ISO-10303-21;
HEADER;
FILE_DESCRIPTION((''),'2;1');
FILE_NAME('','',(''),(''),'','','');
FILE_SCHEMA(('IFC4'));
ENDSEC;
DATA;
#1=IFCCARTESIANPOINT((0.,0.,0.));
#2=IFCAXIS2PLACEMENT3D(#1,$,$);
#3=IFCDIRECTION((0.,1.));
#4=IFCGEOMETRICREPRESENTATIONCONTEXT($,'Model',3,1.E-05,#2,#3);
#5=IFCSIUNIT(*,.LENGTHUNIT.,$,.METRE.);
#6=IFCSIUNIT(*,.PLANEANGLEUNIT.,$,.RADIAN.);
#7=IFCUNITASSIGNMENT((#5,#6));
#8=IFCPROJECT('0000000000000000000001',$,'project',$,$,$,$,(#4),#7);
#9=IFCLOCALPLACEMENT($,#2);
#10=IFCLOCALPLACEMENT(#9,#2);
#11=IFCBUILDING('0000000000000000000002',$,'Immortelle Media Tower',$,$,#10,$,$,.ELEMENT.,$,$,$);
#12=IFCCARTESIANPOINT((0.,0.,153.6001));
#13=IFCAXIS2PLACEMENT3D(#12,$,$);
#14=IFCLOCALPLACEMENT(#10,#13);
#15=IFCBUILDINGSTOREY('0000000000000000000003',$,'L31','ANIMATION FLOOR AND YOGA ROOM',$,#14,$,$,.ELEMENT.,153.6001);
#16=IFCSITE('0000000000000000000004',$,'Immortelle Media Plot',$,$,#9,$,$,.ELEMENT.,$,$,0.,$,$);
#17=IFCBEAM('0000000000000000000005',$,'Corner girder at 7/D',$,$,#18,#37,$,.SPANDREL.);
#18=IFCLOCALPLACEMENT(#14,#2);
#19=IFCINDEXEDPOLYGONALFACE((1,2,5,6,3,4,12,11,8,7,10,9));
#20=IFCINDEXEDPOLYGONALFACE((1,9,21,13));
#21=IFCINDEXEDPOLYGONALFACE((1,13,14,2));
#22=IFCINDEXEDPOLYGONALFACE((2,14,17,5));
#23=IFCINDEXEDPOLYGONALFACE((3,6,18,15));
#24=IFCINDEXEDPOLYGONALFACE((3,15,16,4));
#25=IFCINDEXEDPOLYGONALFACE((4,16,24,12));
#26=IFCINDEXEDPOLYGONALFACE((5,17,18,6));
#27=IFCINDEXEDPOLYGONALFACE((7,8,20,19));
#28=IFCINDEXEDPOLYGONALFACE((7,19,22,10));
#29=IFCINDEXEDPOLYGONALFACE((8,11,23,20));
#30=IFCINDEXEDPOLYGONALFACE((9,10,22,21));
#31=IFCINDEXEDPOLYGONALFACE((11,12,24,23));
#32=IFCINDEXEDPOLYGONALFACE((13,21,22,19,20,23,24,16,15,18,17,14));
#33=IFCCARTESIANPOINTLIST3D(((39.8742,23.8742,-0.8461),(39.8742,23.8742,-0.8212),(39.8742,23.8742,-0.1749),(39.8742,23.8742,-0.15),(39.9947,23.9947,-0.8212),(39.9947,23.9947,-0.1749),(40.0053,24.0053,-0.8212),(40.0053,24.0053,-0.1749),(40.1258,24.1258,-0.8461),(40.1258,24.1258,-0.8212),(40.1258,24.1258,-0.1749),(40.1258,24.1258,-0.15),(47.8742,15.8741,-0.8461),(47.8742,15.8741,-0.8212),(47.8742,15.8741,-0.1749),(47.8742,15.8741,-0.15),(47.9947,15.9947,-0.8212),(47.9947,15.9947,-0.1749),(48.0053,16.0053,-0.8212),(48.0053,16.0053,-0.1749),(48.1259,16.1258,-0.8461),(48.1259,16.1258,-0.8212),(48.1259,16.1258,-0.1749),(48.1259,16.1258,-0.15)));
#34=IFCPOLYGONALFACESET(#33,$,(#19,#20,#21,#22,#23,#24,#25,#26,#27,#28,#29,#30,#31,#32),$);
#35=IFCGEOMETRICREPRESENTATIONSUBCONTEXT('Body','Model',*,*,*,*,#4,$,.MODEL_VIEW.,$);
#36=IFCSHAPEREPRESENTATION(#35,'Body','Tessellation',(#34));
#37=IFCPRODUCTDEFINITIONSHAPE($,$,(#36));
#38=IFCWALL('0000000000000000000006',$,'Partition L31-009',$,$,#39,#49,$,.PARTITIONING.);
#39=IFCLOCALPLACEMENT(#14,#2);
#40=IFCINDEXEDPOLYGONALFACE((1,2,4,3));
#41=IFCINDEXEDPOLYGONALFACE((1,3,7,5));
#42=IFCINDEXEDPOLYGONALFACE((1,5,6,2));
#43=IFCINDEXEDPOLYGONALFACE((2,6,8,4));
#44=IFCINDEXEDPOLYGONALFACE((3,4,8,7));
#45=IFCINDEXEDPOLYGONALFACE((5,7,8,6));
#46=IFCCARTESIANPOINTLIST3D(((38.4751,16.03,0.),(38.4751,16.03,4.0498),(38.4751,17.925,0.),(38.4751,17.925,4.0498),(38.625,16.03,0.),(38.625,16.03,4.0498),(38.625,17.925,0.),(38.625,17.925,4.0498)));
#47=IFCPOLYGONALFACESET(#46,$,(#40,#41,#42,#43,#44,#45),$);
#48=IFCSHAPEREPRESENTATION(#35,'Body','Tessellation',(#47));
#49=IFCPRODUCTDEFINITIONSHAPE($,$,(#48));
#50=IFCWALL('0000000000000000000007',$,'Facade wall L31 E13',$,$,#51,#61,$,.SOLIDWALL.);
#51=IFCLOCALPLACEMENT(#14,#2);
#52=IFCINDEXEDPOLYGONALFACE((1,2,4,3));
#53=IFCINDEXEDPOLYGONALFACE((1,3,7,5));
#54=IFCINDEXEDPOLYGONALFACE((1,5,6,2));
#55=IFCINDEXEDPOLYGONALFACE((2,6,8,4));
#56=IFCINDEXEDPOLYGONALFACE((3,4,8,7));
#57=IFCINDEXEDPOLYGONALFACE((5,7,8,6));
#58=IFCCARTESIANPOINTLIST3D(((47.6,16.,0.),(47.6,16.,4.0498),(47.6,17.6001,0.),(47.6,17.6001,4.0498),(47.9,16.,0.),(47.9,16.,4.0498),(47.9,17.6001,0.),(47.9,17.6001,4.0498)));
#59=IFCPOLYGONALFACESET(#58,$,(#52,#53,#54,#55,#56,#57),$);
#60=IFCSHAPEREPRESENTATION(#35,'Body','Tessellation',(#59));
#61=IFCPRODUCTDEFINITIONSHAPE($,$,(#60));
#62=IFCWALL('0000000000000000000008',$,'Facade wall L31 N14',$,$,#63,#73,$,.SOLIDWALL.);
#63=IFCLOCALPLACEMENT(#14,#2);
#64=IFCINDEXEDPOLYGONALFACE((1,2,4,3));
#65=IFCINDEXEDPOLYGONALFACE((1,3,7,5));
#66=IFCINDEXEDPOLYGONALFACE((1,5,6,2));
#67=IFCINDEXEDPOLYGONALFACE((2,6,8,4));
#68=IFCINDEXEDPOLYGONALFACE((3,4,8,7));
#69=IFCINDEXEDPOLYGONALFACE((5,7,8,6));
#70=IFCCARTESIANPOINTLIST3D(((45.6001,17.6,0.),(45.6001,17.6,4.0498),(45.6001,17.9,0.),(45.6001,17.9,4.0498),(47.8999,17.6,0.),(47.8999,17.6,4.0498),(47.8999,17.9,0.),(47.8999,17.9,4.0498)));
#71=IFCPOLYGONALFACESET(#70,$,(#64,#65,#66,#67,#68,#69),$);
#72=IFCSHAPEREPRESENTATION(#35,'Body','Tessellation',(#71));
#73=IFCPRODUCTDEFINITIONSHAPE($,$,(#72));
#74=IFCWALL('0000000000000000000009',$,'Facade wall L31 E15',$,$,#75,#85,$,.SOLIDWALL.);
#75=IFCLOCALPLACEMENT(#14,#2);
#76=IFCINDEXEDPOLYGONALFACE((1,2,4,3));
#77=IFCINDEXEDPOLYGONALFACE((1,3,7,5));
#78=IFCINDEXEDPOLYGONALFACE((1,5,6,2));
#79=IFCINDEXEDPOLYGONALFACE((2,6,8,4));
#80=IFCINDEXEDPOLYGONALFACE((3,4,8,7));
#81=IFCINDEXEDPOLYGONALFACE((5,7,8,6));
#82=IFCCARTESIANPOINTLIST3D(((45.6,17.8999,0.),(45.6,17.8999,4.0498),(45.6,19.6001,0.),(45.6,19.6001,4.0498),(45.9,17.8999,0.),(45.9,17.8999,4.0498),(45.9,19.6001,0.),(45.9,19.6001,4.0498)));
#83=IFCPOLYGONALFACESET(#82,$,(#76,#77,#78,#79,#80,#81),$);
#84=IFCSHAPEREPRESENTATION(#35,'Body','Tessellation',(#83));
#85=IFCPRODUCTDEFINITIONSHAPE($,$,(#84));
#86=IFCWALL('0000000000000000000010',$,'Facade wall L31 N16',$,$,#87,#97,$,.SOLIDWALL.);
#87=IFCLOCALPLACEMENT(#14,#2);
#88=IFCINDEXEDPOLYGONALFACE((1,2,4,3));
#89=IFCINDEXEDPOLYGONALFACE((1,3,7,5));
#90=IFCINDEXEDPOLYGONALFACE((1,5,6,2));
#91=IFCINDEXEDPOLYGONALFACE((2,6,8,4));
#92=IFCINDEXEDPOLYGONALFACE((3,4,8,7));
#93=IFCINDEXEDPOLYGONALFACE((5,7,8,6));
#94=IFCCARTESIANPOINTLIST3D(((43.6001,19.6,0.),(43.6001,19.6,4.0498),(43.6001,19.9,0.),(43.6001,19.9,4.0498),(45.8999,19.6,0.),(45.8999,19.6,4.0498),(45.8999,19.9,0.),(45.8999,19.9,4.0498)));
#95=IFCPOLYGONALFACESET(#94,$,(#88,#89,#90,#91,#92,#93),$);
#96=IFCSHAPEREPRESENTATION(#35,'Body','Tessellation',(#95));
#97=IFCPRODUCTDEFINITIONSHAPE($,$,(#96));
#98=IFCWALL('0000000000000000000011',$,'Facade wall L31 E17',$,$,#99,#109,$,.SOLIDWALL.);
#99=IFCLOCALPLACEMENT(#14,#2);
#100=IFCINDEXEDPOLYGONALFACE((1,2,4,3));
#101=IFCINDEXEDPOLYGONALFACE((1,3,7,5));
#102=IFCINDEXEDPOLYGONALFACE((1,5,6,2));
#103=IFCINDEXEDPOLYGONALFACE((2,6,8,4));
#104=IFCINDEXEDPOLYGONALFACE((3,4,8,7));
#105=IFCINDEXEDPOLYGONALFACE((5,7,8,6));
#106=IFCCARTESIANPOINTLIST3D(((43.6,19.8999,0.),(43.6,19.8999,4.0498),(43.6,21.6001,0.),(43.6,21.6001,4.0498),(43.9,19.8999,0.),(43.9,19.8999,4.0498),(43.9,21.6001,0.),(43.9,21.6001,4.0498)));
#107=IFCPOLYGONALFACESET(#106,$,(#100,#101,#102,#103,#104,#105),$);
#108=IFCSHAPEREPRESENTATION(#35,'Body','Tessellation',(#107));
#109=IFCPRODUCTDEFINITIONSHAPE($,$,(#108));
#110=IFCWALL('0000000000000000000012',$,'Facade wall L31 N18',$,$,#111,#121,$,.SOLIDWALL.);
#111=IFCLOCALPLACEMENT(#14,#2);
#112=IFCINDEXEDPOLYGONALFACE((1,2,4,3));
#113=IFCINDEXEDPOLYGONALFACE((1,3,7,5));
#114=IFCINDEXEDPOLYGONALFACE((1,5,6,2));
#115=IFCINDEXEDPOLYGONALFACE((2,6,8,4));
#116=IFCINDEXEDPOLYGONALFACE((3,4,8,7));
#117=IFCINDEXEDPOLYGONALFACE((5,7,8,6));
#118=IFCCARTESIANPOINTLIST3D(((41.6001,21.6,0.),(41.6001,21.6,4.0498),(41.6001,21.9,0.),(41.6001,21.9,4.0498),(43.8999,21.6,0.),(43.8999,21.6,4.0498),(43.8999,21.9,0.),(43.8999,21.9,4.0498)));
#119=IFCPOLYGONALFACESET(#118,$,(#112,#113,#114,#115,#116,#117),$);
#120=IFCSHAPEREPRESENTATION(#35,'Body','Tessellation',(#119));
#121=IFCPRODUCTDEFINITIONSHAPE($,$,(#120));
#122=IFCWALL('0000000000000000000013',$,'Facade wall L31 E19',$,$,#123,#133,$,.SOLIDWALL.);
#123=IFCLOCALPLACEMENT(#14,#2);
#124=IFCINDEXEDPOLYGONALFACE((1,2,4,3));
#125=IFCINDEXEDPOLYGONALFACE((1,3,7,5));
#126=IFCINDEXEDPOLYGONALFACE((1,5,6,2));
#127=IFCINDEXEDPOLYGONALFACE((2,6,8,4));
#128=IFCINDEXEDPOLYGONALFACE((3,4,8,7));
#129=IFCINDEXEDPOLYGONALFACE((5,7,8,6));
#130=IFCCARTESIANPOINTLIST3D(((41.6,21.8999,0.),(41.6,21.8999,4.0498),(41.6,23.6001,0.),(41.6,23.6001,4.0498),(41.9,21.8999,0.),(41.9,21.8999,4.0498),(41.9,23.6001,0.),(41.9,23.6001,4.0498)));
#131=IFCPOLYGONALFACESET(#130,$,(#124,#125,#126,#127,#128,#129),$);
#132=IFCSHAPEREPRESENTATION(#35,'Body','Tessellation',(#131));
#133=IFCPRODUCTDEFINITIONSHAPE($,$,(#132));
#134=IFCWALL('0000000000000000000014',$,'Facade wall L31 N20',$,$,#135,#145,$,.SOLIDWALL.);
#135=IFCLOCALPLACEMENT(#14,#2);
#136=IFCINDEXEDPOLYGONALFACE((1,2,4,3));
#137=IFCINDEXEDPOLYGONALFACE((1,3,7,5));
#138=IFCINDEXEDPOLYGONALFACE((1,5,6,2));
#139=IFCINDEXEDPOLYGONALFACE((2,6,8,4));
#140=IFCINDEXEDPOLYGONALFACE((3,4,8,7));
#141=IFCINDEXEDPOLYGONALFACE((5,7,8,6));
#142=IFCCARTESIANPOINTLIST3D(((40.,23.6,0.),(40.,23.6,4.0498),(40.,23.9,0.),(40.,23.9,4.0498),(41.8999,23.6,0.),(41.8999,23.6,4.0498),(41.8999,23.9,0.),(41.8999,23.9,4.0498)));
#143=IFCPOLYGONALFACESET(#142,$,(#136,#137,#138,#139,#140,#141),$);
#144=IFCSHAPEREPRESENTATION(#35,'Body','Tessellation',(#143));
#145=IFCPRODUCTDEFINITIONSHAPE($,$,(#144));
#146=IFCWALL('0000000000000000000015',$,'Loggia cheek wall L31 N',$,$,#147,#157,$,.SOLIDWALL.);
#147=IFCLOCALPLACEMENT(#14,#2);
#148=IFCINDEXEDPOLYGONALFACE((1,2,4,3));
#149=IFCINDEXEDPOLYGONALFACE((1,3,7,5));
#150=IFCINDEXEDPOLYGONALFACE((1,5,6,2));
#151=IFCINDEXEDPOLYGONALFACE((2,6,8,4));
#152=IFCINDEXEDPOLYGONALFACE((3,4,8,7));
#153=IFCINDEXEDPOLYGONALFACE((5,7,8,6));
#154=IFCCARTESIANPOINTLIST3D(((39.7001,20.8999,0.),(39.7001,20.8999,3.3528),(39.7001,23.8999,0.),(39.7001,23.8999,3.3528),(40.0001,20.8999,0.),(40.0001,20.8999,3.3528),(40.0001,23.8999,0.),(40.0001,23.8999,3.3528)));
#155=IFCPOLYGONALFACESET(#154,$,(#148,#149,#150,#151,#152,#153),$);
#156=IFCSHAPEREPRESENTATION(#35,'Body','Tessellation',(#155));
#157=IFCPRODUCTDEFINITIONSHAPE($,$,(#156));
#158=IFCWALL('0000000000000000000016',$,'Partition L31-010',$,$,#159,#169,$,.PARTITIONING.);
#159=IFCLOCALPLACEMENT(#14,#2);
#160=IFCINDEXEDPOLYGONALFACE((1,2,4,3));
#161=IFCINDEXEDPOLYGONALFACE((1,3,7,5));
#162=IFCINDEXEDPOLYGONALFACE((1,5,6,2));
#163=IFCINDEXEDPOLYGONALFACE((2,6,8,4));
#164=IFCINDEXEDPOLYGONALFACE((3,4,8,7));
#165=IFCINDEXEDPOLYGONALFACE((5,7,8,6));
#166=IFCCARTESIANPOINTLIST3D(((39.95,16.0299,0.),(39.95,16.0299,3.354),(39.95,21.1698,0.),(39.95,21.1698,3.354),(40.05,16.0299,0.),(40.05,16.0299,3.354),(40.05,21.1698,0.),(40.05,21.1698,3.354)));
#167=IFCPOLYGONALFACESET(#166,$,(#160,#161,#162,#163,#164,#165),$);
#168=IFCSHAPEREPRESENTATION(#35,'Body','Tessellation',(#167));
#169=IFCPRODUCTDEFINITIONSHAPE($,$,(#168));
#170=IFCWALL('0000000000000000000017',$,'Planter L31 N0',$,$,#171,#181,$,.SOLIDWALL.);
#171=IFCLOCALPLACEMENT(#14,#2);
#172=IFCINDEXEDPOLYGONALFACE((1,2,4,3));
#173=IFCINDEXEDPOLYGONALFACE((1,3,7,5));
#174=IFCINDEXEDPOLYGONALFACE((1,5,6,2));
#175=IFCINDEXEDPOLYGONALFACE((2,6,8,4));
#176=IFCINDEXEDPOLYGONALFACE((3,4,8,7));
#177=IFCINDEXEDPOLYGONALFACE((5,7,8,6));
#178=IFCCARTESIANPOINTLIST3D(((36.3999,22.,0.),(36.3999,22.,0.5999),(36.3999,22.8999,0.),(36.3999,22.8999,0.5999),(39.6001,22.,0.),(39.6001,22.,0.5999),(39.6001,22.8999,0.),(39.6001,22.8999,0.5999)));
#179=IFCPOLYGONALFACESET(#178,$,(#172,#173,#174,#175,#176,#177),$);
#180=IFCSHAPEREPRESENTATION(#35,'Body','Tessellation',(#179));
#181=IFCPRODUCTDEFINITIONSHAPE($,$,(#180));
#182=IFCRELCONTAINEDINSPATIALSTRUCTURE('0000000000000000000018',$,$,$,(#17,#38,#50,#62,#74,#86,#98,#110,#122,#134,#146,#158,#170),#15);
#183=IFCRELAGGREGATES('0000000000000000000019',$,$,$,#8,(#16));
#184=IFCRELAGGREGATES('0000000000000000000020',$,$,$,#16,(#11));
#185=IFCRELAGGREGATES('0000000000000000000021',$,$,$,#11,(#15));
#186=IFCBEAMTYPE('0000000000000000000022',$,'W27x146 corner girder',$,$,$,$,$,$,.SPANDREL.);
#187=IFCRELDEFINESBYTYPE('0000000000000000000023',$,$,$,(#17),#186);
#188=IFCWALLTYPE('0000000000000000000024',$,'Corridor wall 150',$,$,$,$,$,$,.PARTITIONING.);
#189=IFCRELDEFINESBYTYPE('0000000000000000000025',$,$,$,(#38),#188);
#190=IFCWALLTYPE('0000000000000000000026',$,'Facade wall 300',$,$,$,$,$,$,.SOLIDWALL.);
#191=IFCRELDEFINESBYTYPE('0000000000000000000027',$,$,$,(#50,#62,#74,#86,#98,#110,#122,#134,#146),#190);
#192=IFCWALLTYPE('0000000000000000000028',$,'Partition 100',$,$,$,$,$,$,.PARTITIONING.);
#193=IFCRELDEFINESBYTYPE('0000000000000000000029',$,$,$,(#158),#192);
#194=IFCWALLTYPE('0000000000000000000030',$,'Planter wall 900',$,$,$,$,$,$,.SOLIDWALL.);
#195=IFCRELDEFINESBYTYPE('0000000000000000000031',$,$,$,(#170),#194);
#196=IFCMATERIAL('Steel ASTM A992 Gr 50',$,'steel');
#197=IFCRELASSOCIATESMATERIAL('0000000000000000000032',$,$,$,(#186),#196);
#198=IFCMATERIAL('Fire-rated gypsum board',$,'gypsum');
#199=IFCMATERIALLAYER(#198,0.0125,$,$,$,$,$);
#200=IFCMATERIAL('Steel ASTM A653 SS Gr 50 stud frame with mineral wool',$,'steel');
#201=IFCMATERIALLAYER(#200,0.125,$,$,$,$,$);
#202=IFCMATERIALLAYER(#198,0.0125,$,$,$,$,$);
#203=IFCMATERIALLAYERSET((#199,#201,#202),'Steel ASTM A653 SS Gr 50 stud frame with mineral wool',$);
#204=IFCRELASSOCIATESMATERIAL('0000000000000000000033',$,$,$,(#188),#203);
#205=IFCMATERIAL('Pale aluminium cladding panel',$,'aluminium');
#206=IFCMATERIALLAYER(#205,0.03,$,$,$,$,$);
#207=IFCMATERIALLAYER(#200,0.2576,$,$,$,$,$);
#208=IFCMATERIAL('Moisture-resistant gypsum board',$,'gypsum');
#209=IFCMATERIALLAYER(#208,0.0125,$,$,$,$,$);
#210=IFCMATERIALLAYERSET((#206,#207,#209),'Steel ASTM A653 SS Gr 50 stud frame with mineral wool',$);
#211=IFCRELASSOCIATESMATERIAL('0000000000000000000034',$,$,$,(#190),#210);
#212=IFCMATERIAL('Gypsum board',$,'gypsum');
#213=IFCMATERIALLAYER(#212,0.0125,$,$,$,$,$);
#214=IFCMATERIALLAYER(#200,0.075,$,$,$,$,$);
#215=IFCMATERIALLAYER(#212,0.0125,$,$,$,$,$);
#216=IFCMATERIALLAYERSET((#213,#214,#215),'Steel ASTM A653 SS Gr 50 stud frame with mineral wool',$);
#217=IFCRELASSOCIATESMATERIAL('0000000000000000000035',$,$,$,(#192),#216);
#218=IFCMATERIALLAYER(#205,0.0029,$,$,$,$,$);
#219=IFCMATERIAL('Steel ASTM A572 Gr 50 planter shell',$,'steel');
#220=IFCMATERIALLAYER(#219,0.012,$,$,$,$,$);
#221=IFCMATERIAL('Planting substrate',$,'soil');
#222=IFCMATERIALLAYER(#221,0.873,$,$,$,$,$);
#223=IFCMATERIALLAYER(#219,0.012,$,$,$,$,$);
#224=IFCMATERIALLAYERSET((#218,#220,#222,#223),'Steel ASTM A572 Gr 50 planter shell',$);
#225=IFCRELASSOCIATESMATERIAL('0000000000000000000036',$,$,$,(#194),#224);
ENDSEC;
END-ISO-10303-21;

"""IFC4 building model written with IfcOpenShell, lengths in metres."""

from ifc_helpers import new_model, si_unit, direction, frame, frame_2d, origin, origin_2d, place, context, subcontext, project, spatial, rectangle, i_section, extrude, material, layer, layer_set, material_profile, profile_set, type_object, element, save


model = new_model("IFC4")

# Units and contexts
model_context = context("Model", 3, precision=1e-05, world=origin(), true_north=direction((0.0, 1.0)))
body_context = subcontext(model_context, "Body", "Model", "MODEL_VIEW")
ifc_project = project(units=[si_unit("LENGTHUNIT", "METRE"), si_unit("PLANEANGLEUNIT", "RADIAN")], contexts=[model_context])

# Site, building, storey
site_placement = place(None, origin())
site = spatial("IfcSite", under=ifc_project, at=site_placement, Name="Immortelle Media Plot", CompositionType="ELEMENT", RefElevation=0.0)
building_placement = place(site_placement, origin())
building = spatial("IfcBuilding", under=site, at=building_placement, Name="Immortelle Media Tower", CompositionType="ELEMENT")
storey_placement = place(building_placement, frame((0.0, 0.0, 153.6001)))
storey = spatial("IfcBuildingStorey", under=building, at=storey_placement, Name="L31", Description="ANIMATION FLOOR AND YOGA ROOM", CompositionType="ELEMENT", Elevation=153.6001)

# Shared definitions
ifc_material_1 = material(Name="Steel ASTM A992 Gr 50", Category="steel")

# Beam
ifc_material_profile_1 = material_profile(ifc_material_1, i_section(OverallWidth=0.356, OverallDepth=0.696, WebThickness=0.0149, FlangeThickness=0.0249, at=origin_2d()), Name="W27x146")
ifc_profile_set_1 = profile_set([ifc_material_profile_1], Name="Steel ASTM A992 Gr 50")
beam_type_1 = type_object("IfcBeamType", Name="W27x146 corner girder", PredefinedType="SPANDREL", material=ifc_profile_set_1)
beam_placement = place(storey_placement, frame((40.0, 24.0, -0.498), z_axis=(0.707107, -0.707107, 0.0), x_axis=(0.707107, 0.707107, 0.0)))
element("IfcBeam", 1, at=beam_placement, inside=storey, type_object=beam_type_1, Name="Corner girder at 7/D", PredefinedType="SPANDREL", context=body_context, shape_type="SweptSolid", body=[
    extrude(i_section(OverallWidth=0.356, OverallDepth=0.696, WebThickness=0.0149, FlangeThickness=0.0249, at=origin_2d()), origin(), (0.0, 0.0, 1.0), 11.3137),
])

# Walls
ifc_material_2 = material(Name="Fire-rated gypsum board", Category="gypsum")
ifc_layer_1 = layer(ifc_material_2, 0.0125)
ifc_material_3 = material(Name="Steel ASTM A653 SS Gr 50 stud frame with mineral wool", Category="steel")
ifc_layer_2 = layer(ifc_material_3, 0.125)
ifc_layer_3 = layer(ifc_material_2, 0.0125)
ifc_layer_set_1 = layer_set([ifc_layer_1, ifc_layer_2, ifc_layer_3], Name="Steel ASTM A653 SS Gr 50 stud frame with mineral wool")
wall_type_1 = type_object("IfcWallType", Name="Corridor wall 150", PredefinedType="PARTITIONING", material=ifc_layer_set_1)
wall_1_placement = place(storey_placement, frame((38.55, 16.03, 0.0), z_axis=(0.0, 0.0, 1.0), x_axis=(0.0, 1.0, 0.0)))
element("IfcWall", 2, at=wall_1_placement, inside=storey, type_object=wall_type_1, Name="Partition L31-009", PredefinedType="PARTITIONING", context=body_context, shape_type="SweptSolid", body=[
    extrude(rectangle(XDim=1.895, YDim=0.1499, at=frame_2d((0.9475, 0.0))), origin(), (0.0, 0.0, 1.0), 4.0498),
])
ifc_material_4 = material(Name="Pale aluminium cladding panel", Category="aluminium")
ifc_layer_4 = layer(ifc_material_4, 0.03)
ifc_layer_5 = layer(ifc_material_3, 0.2576)
ifc_material_5 = material(Name="Moisture-resistant gypsum board", Category="gypsum")
ifc_layer_6 = layer(ifc_material_5, 0.0125)
ifc_layer_set_2 = layer_set([ifc_layer_4, ifc_layer_5, ifc_layer_6], Name="Steel ASTM A653 SS Gr 50 stud frame with mineral wool")
wall_type_2 = type_object("IfcWallType", Name="Facade wall 300", PredefinedType="SOLIDWALL", material=ifc_layer_set_2)
wall_2_placement = place(storey_placement, frame((47.75, 16.0, 0.0), z_axis=(0.0, 0.0, 1.0), x_axis=(0.0, 1.0, 0.0)))
element("IfcWall", 3, at=wall_2_placement, inside=storey, type_object=wall_type_2, Name="Facade wall L31 E13", PredefinedType="SOLIDWALL", context=body_context, shape_type="SweptSolid", body=[
    extrude(rectangle(XDim=1.6001, YDim=0.3, at=frame_2d((0.8, 0.0))), origin(), (0.0, 0.0, 1.0), 4.0498),
])
wall_3_placement = place(storey_placement, frame((47.8999, 17.75, 0.0), z_axis=(0.0, 0.0, 1.0), x_axis=(-1.0, 0.0, 0.0)))
element("IfcWall", 4, at=wall_3_placement, inside=storey, type_object=wall_type_2, Name="Facade wall L31 N14", PredefinedType="SOLIDWALL", context=body_context, shape_type="SweptSolid", body=[
    extrude(rectangle(XDim=2.2998, YDim=0.3, at=frame_2d((1.1499, 0.0))), origin(), (0.0, 0.0, 1.0), 4.0498),
])
wall_4_placement = place(storey_placement, frame((45.75, 17.8999, 0.0), z_axis=(0.0, 0.0, 1.0), x_axis=(0.0, 1.0, 0.0)))
element("IfcWall", 5, at=wall_4_placement, inside=storey, type_object=wall_type_2, Name="Facade wall L31 E15", PredefinedType="SOLIDWALL", context=body_context, shape_type="SweptSolid", body=[
    extrude(rectangle(XDim=1.7002, YDim=0.3, at=frame_2d((0.8501, 0.0))), origin(), (0.0, 0.0, 1.0), 4.0498),
])
wall_5_placement = place(storey_placement, frame((45.8999, 19.75, 0.0), z_axis=(0.0, 0.0, 1.0), x_axis=(-1.0, 0.0, 0.0)))
element("IfcWall", 6, at=wall_5_placement, inside=storey, type_object=wall_type_2, Name="Facade wall L31 N16", PredefinedType="SOLIDWALL", context=body_context, shape_type="SweptSolid", body=[
    extrude(rectangle(XDim=2.2998, YDim=0.3, at=frame_2d((1.1499, 0.0))), origin(), (0.0, 0.0, 1.0), 4.0498),
])
wall_6_placement = place(storey_placement, frame((43.75, 19.8999, 0.0), z_axis=(0.0, 0.0, 1.0), x_axis=(0.0, 1.0, 0.0)))
element("IfcWall", 7, at=wall_6_placement, inside=storey, type_object=wall_type_2, Name="Facade wall L31 E17", PredefinedType="SOLIDWALL", context=body_context, shape_type="SweptSolid", body=[
    extrude(rectangle(XDim=1.7002, YDim=0.3, at=frame_2d((0.8501, 0.0))), origin(), (0.0, 0.0, 1.0), 4.0498),
])
wall_7_placement = place(storey_placement, frame((43.8999, 21.75, 0.0), z_axis=(0.0, 0.0, 1.0), x_axis=(-1.0, 0.0, 0.0)))
element("IfcWall", 8, at=wall_7_placement, inside=storey, type_object=wall_type_2, Name="Facade wall L31 N18", PredefinedType="SOLIDWALL", context=body_context, shape_type="SweptSolid", body=[
    extrude(rectangle(XDim=2.2998, YDim=0.3, at=frame_2d((1.1499, 0.0))), origin(), (0.0, 0.0, 1.0), 4.0498),
])
wall_8_placement = place(storey_placement, frame((41.75, 21.8999, 0.0), z_axis=(0.0, 0.0, 1.0), x_axis=(0.0, 1.0, 0.0)))
element("IfcWall", 9, at=wall_8_placement, inside=storey, type_object=wall_type_2, Name="Facade wall L31 E19", PredefinedType="SOLIDWALL", context=body_context, shape_type="SweptSolid", body=[
    extrude(rectangle(XDim=1.7002, YDim=0.3, at=frame_2d((0.8501, 0.0))), origin(), (0.0, 0.0, 1.0), 4.0498),
])
wall_9_placement = place(storey_placement, frame((41.8999, 23.75, 0.0), z_axis=(0.0, 0.0, 1.0), x_axis=(-1.0, 0.0, 0.0)))
element("IfcWall", 10, at=wall_9_placement, inside=storey, type_object=wall_type_2, Name="Facade wall L31 N20", PredefinedType="SOLIDWALL", context=body_context, shape_type="SweptSolid", body=[
    extrude(rectangle(XDim=1.8999, YDim=0.3, at=frame_2d((0.95, 0.0))), origin(), (0.0, 0.0, 1.0), 4.0498),
])

# Walls
wall_10_placement = place(storey_placement, frame((39.8501, 23.8999, 0.0), z_axis=(0.0, 0.0, 1.0), x_axis=(0.0, -1.0, 0.0)))
element("IfcWall", 11, at=wall_10_placement, inside=storey, type_object=wall_type_2, Name="Loggia cheek wall L31 N", PredefinedType="SOLIDWALL", context=body_context, shape_type="SweptSolid", body=[
    extrude(rectangle(XDim=3.0, YDim=0.3, at=frame_2d((1.5, 0.0))), origin(), (0.0, 0.0, 1.0), 3.3528),
])
ifc_material_6 = material(Name="Gypsum board", Category="gypsum")
ifc_layer_7 = layer(ifc_material_6, 0.0125)
ifc_layer_8 = layer(ifc_material_3, 0.075)
ifc_layer_9 = layer(ifc_material_6, 0.0125)
ifc_layer_set_3 = layer_set([ifc_layer_7, ifc_layer_8, ifc_layer_9], Name="Steel ASTM A653 SS Gr 50 stud frame with mineral wool")
wall_type_3 = type_object("IfcWallType", Name="Partition 100", PredefinedType="PARTITIONING", material=ifc_layer_set_3)
wall_11_placement = place(storey_placement, frame((40.0, 16.03, 0.0), z_axis=(0.0, 0.0, 1.0), x_axis=(0.0, 1.0, 0.0)))
element("IfcWall", 12, at=wall_11_placement, inside=storey, type_object=wall_type_3, Name="Partition L31-010", PredefinedType="PARTITIONING", context=body_context, shape_type="SweptSolid", body=[
    extrude(rectangle(XDim=5.1399, YDim=0.1001, at=frame_2d((2.5698, 0.0))), origin(), (0.0, 0.0, 1.0), 3.354),
])
ifc_layer_10 = layer(ifc_material_4, 0.0029)
ifc_material_7 = material(Name="Steel ASTM A572 Gr 50 planter shell", Category="steel")
ifc_layer_11 = layer(ifc_material_7, 0.012)
ifc_material_8 = material(Name="Planting substrate", Category="soil")
ifc_layer_12 = layer(ifc_material_8, 0.873)
ifc_layer_13 = layer(ifc_material_7, 0.012)
ifc_layer_set_4 = layer_set([ifc_layer_10, ifc_layer_11, ifc_layer_12, ifc_layer_13], Name="Steel ASTM A572 Gr 50 planter shell")
wall_type_4 = type_object("IfcWallType", Name="Planter wall 900", PredefinedType="SOLIDWALL", material=ifc_layer_set_4)
wall_12_placement = place(storey_placement, frame((39.6001, 22.45, 0.0), z_axis=(0.0, 0.0, 1.0), x_axis=(-1.0, 0.0, 0.0)))
element("IfcWall", 13, at=wall_12_placement, inside=storey, type_object=wall_type_4, Name="Planter L31 N0", PredefinedType="SOLIDWALL", context=body_context, shape_type="SweptSolid", body=[
    extrude(rectangle(XDim=3.2002, YDim=0.8999, at=frame_2d((1.6001, 0.0))), origin(), (0.0, 0.0, 1.0), 0.5999),
])

save(model, "model.ifc")
